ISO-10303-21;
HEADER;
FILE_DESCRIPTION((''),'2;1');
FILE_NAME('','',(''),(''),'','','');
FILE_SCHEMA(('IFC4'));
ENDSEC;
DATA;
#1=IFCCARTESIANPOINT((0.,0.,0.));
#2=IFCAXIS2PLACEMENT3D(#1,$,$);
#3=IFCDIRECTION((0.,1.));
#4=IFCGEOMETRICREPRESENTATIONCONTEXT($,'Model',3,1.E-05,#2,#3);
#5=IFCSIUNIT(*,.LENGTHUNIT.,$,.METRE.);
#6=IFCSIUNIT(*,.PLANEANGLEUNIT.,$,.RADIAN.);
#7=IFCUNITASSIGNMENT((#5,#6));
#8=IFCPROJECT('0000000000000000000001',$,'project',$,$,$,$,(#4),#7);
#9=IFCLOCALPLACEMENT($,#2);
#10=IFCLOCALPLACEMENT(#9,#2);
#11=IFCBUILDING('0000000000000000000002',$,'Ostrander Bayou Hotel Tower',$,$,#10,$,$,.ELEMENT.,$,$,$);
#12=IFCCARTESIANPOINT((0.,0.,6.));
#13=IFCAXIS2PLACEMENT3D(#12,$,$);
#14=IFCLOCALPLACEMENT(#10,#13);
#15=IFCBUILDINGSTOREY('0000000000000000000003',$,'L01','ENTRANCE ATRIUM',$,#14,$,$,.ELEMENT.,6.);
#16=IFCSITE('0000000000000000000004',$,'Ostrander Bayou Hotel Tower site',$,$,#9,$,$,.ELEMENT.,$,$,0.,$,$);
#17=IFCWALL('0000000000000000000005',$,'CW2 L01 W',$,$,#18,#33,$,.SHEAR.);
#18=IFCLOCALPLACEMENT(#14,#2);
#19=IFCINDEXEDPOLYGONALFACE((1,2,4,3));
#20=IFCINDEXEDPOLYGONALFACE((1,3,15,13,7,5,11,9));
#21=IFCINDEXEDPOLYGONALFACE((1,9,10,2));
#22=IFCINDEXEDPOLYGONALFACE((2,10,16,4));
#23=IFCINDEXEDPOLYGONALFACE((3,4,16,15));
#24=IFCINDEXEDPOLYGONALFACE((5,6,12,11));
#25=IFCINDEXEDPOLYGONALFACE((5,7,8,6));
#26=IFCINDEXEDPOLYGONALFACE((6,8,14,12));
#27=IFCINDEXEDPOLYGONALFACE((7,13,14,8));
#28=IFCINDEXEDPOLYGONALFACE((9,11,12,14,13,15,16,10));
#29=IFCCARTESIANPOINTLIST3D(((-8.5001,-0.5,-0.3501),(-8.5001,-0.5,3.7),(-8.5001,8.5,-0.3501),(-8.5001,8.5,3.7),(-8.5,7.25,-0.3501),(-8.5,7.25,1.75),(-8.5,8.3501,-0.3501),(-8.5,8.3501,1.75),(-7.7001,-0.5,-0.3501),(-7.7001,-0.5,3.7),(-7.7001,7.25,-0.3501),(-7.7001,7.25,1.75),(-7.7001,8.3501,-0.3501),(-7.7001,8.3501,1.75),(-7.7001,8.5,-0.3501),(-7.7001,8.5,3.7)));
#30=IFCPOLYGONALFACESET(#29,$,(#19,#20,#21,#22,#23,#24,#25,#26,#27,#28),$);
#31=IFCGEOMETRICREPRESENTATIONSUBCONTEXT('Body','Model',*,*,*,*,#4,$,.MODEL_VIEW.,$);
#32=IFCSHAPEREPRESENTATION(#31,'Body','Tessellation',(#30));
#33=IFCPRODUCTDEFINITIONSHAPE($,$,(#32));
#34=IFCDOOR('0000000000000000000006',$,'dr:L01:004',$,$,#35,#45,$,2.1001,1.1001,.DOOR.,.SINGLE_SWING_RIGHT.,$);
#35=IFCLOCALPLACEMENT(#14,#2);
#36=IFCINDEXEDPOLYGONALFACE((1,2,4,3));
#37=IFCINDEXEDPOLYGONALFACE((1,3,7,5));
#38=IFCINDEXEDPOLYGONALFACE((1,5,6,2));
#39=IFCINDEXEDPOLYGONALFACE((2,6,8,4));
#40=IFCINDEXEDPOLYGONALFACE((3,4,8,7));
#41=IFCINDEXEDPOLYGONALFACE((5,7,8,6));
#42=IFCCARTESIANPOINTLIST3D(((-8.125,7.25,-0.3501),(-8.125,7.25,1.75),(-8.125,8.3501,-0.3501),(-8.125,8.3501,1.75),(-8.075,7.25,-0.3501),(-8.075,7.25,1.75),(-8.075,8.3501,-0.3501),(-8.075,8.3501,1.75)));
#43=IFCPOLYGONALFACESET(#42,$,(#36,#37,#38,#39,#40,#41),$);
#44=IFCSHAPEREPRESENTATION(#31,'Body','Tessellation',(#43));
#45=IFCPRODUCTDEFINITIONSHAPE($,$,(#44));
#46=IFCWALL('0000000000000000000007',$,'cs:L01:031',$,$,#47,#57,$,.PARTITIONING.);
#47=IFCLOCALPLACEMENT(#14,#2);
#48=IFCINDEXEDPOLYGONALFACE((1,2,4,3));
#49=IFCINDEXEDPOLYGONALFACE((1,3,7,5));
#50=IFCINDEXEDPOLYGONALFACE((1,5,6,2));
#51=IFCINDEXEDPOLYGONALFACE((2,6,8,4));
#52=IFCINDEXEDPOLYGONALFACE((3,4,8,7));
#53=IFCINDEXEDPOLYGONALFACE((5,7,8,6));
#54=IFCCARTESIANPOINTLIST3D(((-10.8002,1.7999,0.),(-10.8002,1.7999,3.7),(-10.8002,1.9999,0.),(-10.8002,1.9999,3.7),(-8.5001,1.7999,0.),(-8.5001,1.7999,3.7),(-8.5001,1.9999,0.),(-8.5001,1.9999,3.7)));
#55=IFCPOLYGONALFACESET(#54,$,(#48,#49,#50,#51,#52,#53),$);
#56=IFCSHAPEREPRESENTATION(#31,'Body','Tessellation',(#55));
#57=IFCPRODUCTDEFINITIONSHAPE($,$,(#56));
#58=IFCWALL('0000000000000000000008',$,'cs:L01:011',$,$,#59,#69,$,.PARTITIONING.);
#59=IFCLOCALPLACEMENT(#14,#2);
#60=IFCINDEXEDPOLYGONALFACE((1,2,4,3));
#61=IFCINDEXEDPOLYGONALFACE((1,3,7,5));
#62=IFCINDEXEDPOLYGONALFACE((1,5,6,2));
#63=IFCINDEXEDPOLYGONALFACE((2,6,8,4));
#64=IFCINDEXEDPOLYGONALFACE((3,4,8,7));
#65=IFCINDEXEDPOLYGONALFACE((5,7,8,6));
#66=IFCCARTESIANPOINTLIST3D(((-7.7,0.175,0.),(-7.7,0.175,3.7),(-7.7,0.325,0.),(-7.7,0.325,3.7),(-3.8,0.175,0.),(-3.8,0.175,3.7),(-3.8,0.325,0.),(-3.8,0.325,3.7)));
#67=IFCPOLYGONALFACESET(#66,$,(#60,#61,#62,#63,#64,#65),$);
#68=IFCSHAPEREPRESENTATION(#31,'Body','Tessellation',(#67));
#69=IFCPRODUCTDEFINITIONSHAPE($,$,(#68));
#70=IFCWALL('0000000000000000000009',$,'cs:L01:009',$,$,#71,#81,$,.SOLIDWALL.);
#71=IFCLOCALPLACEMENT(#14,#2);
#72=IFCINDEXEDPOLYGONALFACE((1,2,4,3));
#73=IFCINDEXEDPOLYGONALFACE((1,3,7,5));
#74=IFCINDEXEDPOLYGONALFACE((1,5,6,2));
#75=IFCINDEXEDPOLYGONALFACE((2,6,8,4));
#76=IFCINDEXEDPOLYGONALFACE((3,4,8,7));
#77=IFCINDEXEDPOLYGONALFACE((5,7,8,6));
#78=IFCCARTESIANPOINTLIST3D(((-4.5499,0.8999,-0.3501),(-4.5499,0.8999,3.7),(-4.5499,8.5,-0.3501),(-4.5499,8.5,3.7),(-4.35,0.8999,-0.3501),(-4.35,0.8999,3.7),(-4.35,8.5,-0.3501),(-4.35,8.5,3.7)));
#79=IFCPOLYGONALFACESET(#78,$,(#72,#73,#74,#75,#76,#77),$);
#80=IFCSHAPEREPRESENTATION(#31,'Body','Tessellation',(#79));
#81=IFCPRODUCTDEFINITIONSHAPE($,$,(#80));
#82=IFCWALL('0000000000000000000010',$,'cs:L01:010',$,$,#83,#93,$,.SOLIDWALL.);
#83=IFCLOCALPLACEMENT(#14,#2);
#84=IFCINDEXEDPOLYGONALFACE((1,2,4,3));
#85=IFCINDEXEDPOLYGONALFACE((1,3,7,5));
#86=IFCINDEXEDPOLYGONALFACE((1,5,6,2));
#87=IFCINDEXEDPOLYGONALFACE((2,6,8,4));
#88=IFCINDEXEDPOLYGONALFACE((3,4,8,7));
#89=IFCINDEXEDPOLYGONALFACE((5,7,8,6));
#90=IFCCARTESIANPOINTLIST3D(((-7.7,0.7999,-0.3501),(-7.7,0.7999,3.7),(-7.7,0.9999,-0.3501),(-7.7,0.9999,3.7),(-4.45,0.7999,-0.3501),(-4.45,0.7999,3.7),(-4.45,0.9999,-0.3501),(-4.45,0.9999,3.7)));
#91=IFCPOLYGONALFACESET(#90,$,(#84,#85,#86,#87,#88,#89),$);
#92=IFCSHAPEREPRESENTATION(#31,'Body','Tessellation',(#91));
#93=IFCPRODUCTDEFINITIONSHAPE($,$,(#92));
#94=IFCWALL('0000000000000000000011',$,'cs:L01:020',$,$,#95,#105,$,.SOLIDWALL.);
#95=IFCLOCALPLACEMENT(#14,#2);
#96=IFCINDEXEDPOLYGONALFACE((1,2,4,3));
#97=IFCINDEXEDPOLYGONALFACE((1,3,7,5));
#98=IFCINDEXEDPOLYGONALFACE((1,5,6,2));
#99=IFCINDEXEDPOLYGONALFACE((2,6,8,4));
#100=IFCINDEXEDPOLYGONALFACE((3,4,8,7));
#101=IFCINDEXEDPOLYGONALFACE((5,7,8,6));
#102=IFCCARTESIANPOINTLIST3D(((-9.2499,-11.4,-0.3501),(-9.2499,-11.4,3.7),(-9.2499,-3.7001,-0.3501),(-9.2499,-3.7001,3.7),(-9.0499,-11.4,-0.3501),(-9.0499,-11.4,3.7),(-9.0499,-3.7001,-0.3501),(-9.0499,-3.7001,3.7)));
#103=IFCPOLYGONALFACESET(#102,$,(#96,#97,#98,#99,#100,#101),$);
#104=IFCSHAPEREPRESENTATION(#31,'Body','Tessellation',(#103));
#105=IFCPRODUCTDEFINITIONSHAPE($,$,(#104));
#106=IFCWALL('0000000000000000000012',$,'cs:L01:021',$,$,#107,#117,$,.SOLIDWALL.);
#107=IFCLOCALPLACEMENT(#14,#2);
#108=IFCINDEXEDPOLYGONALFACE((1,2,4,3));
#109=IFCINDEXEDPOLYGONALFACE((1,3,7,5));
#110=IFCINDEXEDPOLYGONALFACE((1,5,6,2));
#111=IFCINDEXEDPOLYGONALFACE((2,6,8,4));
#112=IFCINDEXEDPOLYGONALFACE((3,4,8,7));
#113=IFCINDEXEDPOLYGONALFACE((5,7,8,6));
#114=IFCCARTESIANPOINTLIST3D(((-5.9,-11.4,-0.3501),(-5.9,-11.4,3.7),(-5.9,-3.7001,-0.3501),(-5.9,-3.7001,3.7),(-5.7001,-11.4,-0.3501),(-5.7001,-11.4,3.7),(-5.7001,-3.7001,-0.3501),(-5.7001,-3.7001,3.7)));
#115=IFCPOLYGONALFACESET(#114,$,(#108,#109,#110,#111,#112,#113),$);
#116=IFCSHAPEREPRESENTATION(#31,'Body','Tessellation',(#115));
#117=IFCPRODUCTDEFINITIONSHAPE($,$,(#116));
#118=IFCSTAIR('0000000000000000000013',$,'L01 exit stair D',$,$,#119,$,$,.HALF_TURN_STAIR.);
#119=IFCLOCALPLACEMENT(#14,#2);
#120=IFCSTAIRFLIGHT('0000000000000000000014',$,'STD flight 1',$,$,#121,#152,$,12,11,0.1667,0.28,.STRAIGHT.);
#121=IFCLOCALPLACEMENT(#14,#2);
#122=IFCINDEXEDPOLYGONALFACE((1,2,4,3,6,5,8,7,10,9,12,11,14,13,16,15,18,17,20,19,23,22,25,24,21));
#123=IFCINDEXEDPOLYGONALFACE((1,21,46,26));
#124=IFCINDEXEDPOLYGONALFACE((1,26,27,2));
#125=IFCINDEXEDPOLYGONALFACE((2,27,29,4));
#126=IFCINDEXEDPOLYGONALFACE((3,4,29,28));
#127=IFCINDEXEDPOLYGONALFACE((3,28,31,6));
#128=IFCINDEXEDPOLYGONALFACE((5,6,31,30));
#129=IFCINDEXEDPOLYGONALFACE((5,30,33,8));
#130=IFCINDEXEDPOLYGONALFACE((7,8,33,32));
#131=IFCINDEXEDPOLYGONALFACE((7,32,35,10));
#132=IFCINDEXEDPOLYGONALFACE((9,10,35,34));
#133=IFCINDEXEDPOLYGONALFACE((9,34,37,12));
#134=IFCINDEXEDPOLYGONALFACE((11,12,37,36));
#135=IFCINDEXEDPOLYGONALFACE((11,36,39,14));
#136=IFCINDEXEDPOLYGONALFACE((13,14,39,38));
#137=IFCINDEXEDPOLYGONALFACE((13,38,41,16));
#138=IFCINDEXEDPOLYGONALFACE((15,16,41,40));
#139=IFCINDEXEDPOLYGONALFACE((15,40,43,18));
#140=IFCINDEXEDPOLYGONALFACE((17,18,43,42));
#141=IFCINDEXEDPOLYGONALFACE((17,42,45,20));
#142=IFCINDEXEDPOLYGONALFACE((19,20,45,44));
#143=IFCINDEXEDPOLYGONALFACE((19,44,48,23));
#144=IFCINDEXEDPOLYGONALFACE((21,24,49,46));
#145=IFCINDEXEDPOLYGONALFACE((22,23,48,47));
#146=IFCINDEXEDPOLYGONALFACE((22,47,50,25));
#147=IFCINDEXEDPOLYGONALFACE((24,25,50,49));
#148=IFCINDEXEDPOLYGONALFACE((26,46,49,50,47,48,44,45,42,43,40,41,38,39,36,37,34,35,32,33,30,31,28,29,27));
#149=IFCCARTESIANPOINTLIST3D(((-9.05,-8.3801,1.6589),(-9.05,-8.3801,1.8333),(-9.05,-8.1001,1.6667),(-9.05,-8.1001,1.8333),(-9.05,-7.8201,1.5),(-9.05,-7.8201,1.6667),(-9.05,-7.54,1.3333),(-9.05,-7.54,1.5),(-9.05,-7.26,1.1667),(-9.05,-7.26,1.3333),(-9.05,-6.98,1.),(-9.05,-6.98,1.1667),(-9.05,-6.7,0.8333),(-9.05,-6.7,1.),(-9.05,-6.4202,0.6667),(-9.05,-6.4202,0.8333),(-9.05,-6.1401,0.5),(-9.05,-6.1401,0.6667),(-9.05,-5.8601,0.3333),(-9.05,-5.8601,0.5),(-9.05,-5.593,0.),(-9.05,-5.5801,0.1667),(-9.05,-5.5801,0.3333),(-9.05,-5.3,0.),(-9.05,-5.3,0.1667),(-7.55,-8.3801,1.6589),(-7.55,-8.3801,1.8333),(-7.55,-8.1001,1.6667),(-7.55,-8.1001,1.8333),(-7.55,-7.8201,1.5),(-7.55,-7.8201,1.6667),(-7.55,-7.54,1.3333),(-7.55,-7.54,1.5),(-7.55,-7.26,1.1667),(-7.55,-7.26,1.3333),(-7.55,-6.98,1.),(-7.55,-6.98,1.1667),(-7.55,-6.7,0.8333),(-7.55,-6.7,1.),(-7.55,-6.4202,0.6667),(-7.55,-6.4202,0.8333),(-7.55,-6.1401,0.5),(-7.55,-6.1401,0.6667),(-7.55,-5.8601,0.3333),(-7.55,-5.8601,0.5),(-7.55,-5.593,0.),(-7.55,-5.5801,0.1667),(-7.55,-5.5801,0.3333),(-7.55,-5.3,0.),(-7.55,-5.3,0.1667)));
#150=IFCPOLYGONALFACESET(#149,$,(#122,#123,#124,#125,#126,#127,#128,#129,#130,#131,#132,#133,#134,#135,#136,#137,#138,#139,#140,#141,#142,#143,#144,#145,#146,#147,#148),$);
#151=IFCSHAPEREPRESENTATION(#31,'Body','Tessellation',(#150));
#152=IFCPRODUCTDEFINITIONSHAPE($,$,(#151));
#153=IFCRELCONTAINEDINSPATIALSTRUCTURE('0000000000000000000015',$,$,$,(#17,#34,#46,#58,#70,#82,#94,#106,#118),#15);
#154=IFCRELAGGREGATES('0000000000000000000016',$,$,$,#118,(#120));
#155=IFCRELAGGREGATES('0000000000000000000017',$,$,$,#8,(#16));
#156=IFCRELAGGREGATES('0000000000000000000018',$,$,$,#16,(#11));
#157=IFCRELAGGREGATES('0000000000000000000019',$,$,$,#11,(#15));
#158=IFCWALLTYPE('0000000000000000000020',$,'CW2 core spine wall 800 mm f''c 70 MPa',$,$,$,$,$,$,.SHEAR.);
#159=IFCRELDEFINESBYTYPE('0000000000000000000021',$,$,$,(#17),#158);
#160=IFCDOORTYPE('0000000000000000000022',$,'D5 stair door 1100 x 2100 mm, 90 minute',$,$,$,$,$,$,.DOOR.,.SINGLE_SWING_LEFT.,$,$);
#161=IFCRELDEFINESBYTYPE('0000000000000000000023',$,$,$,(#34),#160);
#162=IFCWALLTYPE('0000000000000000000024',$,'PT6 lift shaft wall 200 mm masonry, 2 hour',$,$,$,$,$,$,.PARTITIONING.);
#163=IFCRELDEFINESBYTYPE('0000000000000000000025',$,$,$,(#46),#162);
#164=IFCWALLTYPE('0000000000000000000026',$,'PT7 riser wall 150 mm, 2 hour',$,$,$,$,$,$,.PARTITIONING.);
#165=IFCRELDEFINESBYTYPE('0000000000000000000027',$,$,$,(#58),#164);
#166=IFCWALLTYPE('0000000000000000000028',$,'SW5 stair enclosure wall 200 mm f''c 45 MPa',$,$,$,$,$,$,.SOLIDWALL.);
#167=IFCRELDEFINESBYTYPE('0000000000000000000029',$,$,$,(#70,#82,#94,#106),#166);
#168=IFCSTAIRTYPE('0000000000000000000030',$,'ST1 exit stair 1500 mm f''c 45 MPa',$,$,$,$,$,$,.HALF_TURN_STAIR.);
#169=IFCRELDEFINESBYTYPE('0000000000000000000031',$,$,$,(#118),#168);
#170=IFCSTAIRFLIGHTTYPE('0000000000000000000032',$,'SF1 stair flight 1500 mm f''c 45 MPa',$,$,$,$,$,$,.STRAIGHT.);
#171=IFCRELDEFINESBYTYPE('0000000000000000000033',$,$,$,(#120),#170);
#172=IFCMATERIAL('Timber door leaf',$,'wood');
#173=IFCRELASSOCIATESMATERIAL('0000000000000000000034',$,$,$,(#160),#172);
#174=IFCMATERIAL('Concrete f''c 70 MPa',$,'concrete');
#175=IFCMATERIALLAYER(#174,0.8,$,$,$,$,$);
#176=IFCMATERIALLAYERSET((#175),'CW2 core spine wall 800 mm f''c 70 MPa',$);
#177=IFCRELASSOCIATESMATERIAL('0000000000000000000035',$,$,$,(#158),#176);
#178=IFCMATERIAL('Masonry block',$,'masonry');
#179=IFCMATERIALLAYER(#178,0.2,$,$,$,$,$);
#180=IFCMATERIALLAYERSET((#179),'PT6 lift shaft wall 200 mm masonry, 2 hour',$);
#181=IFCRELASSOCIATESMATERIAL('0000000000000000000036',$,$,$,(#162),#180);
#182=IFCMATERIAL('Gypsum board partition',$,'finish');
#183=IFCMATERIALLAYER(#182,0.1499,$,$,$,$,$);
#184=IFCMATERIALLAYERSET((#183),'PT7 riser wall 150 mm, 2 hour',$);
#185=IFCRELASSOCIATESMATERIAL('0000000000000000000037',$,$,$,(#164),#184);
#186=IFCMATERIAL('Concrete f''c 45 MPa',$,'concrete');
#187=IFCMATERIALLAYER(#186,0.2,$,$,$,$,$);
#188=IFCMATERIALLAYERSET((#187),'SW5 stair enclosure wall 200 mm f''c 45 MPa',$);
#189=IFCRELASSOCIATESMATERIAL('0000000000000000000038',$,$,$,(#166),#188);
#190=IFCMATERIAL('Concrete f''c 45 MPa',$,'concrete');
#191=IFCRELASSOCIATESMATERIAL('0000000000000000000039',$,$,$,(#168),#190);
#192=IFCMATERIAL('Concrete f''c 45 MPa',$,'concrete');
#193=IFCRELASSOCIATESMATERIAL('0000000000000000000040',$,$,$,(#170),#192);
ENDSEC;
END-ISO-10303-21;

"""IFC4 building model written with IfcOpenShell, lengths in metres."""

from ifc_helpers import new_model, si_unit, direction, frame, frame_2d, origin, place, context, subcontext, project, spatial, polyline, rectangle, outline, extrude, material, layer, layer_set, type_object, element, fill, aggregate, save


model = new_model("IFC4")

# Units and contexts
model_context = context("Model", 3, precision=1e-05, world=origin(), true_north=direction((0.0, 1.0)))
body_context = subcontext(model_context, "Body", "Model", "MODEL_VIEW")
ifc_project = project(units=[si_unit("LENGTHUNIT", "METRE"), si_unit("PLANEANGLEUNIT", "RADIAN")], contexts=[model_context])

# Site, building, storey
site_placement = place(None, origin())
site = spatial("IfcSite", under=ifc_project, at=site_placement, Name="Ostrander Bayou Hotel Tower site", CompositionType="ELEMENT", RefElevation=0.0)
building_placement = place(site_placement, origin())
building = spatial("IfcBuilding", under=site, at=building_placement, Name="Ostrander Bayou Hotel Tower", CompositionType="ELEMENT")
storey_placement = place(building_placement, frame((0.0, 0.0, 6.0)))
storey = spatial("IfcBuildingStorey", under=building, at=storey_placement, Name="L01", Description="ENTRANCE ATRIUM", CompositionType="ELEMENT", Elevation=6.0)

# Shared definitions
ifc_material_1 = material(Name="Timber door leaf", Category="wood")
door_type_1 = type_object("IfcDoorType", Name="D5 stair door 1100 x 2100 mm, 90 minute", OperationType="SINGLE_SWING_LEFT", PredefinedType="DOOR", material=ifc_material_1)

# Wall, opening, door
ifc_material_2 = material(Name="Concrete f'c 70 MPa", Category="concrete")
ifc_layer_1 = layer(ifc_material_2, 0.8)
ifc_layer_set_1 = layer_set([ifc_layer_1], Name="CW2 core spine wall 800 mm f'c 70 MPa")
wall_type_1 = type_object("IfcWallType", Name="CW2 core spine wall 800 mm f'c 70 MPa", PredefinedType="SHEAR", material=ifc_layer_set_1)
wall_1_placement = place(storey_placement, frame((-8.1001, -0.5, -0.3501), z_axis=(0.0, 0.0, 1.0), x_axis=(0.0, 1.0, 0.0)))
wall_1 = element("IfcWall", 1, at=wall_1_placement, inside=storey, type_object=wall_type_1, Name="CW2 L01 W", PredefinedType="SHEAR", context=body_context, shape_type="SweptSolid", body=[
    extrude(rectangle(XDim=9.0, YDim=0.8, at=frame_2d((4.5, 0.0))), origin(), (0.0, 0.0, 1.0), 4.05),
])
opening_1_placement = place(wall_1_placement, frame((7.75, 0.0, 0.0)))
opening_1 = element("IfcOpeningElement", 2, at=opening_1_placement, cuts=wall_1, PredefinedType="OPENING", context=body_context, shape_type="SweptSolid", body=[
    extrude(rectangle(XDim=1.1001, YDim=2.1001, at=frame_2d((0.55, 1.05))), frame((0.0, 0.3999, 0.0), z_axis=(0.0, -1.0, 0.0), x_axis=(1.0, 0.0, 0.0)), (0.0, 0.0, 1.0), 0.8),
])
door_1_placement = place(opening_1_placement, origin())
door_1 = element("IfcDoor", 3, at=door_1_placement, inside=storey, type_object=door_type_1, Name="dr:L01:004", OperationType="SINGLE_SWING_RIGHT", OverallHeight=2.1001, OverallWidth=1.1001, PredefinedType="DOOR", context=body_context, shape_type="SweptSolid", body=[
    extrude(rectangle(XDim=1.1001, YDim=2.1001, at=frame_2d((0.55, 1.05))), frame((0.0, 0.0249, 0.0), z_axis=(0.0, -1.0, 0.0), x_axis=(1.0, 0.0, 0.0)), (0.0, 0.0, 1.0), 0.05),
])
fill(opening_1, door_1)

# Walls
ifc_material_3 = material(Name="Masonry block", Category="masonry")
ifc_layer_2 = layer(ifc_material_3, 0.2)
ifc_layer_set_2 = layer_set([ifc_layer_2], Name="PT6 lift shaft wall 200 mm masonry, 2 hour")
wall_type_2 = type_object("IfcWallType", Name="PT6 lift shaft wall 200 mm masonry, 2 hour", PredefinedType="PARTITIONING", material=ifc_layer_set_2)
wall_2_placement = place(storey_placement, frame((-10.8, 1.8999, 0.0), z_axis=(0.0, 0.0, 1.0), x_axis=(1.0, 0.0, 0.0)))
element("IfcWall", 4, at=wall_2_placement, inside=storey, type_object=wall_type_2, Name="cs:L01:031", PredefinedType="PARTITIONING", context=body_context, shape_type="SweptSolid", body=[
    extrude(rectangle(XDim=2.3, YDim=0.2, at=frame_2d((1.1499, 0.0))), origin(), (0.0, 0.0, 1.0), 3.7),
])
ifc_material_4 = material(Name="Gypsum board partition", Category="finish")
ifc_layer_3 = layer(ifc_material_4, 0.1499)
ifc_layer_set_3 = layer_set([ifc_layer_3], Name="PT7 riser wall 150 mm, 2 hour")
wall_type_3 = type_object("IfcWallType", Name="PT7 riser wall 150 mm, 2 hour", PredefinedType="PARTITIONING", material=ifc_layer_set_3)
wall_3_placement = place(storey_placement, frame((-7.7, 0.25, 0.0), z_axis=(0.0, 0.0, 1.0), x_axis=(1.0, 0.0, 0.0)))
element("IfcWall", 5, at=wall_3_placement, inside=storey, type_object=wall_type_3, Name="cs:L01:011", PredefinedType="PARTITIONING", context=body_context, shape_type="SweptSolid", body=[
    extrude(rectangle(XDim=3.8999, YDim=0.1499, at=frame_2d((1.95, 0.0))), origin(), (0.0, 0.0, 1.0), 3.7),
])
ifc_material_5 = material(Name="Concrete f'c 45 MPa", Category="concrete")
ifc_layer_4 = layer(ifc_material_5, 0.2)
ifc_layer_set_4 = layer_set([ifc_layer_4], Name="SW5 stair enclosure wall 200 mm f'c 45 MPa")
wall_type_4 = type_object("IfcWallType", Name="SW5 stair enclosure wall 200 mm f'c 45 MPa", PredefinedType="SOLIDWALL", material=ifc_layer_set_4)
wall_4_placement = place(storey_placement, frame((-4.45, 0.8999, -0.3501), z_axis=(0.0, 0.0, 1.0), x_axis=(0.0, 1.0, 0.0)))
element("IfcWall", 6, at=wall_4_placement, inside=storey, type_object=wall_type_4, Name="cs:L01:009", PredefinedType="SOLIDWALL", context=body_context, shape_type="SweptSolid", body=[
    extrude(rectangle(XDim=7.6001, YDim=0.2, at=frame_2d((3.8, 0.0))), origin(), (0.0, 0.0, 1.0), 4.05),
])
wall_5_placement = place(storey_placement, frame((-7.7, 0.8999, -0.3501), z_axis=(0.0, 0.0, 1.0), x_axis=(1.0, 0.0, 0.0)))
element("IfcWall", 7, at=wall_5_placement, inside=storey, type_object=wall_type_4, Name="cs:L01:010", PredefinedType="SOLIDWALL", context=body_context, shape_type="SweptSolid", body=[
    extrude(rectangle(XDim=3.25, YDim=0.2, at=frame_2d((1.625, 0.0))), origin(), (0.0, 0.0, 1.0), 4.05),
])

# Walls
for number, where, z_axis, x_axis, name in (
    (8, (-9.1499, -3.7, -0.3501), (0.0, 0.0, 1.0), (0.0, -1.0, 0.0), "cs:L01:020"),
    (9, (-5.8, -3.7, -0.3501), (0.0, 0.0, 1.0), (0.0, -1.0, 0.0), "cs:L01:021"),
):
    element("IfcWall", number, at=place(storey_placement, frame(where, z_axis=z_axis, x_axis=x_axis)), inside=storey, type_object=wall_type_4, Name=name, PredefinedType="SOLIDWALL", context=body_context, shape_type="SweptSolid", body=[
        extrude(rectangle(XDim=7.7, YDim=0.2, at=frame_2d((3.8501, 0.0))), origin(), (0.0, 0.0, 1.0), 4.05),
    ])

# Stair, stair flight
ifc_material_6 = material(Name="Concrete f'c 45 MPa", Category="concrete")
stair_type = type_object("IfcStairType", Name="ST1 exit stair 1500 mm f'c 45 MPa", PredefinedType="HALF_TURN_STAIR", material=ifc_material_6)
stair_placement = place(storey_placement, origin())
stair = element("IfcStair", 10, at=stair_placement, inside=storey, type_object=stair_type, Name="L01 exit stair D", PredefinedType="HALF_TURN_STAIR")
ifc_material_7 = material(Name="Concrete f'c 45 MPa", Category="concrete")
stair_flight_type = type_object("IfcStairFlightType", Name="SF1 stair flight 1500 mm f'c 45 MPa", PredefinedType="STRAIGHT", material=ifc_material_7)
stair_flight_placement = place(storey_placement, frame((-8.3, -5.3, 0.0), z_axis=(0.0, 0.0, 1.0), x_axis=(0.0, -1.0, 0.0)))
stair_flight = element("IfcStairFlight", 11, at=stair_flight_placement, type_object=stair_flight_type, Name="STD flight 1", NumberOfRisers=12, NumberOfTreads=11, PredefinedType="STRAIGHT", RiserHeight=0.1667, TreadLength=0.28, context=body_context, shape_type="SweptSolid", body=[
    extrude(outline(polyline([(0.0, 0.0), (0.0, 0.1667), (0.28, 0.1667), (0.28, 0.3333), (0.5601, 0.3333), (0.5601, 0.5), (0.8401, 0.5), (0.8401, 0.6667), (1.1201, 0.6667), (1.1201, 0.8333), (1.3999, 0.8333), (1.3999, 1.0), (1.6799, 1.0), (1.6799, 1.1667), (1.96, 1.1667), (1.96, 1.3333), (2.24, 1.3333), (2.24, 1.5), (2.52, 1.5), (2.52, 1.6667), (2.8, 1.6667), (2.8, 1.8333), (3.0801, 1.8333), (3.0801, 2.0), (3.0801, 1.6589), (0.293, 0.0), (0.0, 0.0)])), frame((0.0, 0.75, 0.0), z_axis=(0.0, -1.0, 0.0), x_axis=(1.0, 0.0, 0.0)), (0.0, 0.0, 1.0), 1.5),
])
aggregate(stair, [stair_flight])

save(model, "model.ifc")
